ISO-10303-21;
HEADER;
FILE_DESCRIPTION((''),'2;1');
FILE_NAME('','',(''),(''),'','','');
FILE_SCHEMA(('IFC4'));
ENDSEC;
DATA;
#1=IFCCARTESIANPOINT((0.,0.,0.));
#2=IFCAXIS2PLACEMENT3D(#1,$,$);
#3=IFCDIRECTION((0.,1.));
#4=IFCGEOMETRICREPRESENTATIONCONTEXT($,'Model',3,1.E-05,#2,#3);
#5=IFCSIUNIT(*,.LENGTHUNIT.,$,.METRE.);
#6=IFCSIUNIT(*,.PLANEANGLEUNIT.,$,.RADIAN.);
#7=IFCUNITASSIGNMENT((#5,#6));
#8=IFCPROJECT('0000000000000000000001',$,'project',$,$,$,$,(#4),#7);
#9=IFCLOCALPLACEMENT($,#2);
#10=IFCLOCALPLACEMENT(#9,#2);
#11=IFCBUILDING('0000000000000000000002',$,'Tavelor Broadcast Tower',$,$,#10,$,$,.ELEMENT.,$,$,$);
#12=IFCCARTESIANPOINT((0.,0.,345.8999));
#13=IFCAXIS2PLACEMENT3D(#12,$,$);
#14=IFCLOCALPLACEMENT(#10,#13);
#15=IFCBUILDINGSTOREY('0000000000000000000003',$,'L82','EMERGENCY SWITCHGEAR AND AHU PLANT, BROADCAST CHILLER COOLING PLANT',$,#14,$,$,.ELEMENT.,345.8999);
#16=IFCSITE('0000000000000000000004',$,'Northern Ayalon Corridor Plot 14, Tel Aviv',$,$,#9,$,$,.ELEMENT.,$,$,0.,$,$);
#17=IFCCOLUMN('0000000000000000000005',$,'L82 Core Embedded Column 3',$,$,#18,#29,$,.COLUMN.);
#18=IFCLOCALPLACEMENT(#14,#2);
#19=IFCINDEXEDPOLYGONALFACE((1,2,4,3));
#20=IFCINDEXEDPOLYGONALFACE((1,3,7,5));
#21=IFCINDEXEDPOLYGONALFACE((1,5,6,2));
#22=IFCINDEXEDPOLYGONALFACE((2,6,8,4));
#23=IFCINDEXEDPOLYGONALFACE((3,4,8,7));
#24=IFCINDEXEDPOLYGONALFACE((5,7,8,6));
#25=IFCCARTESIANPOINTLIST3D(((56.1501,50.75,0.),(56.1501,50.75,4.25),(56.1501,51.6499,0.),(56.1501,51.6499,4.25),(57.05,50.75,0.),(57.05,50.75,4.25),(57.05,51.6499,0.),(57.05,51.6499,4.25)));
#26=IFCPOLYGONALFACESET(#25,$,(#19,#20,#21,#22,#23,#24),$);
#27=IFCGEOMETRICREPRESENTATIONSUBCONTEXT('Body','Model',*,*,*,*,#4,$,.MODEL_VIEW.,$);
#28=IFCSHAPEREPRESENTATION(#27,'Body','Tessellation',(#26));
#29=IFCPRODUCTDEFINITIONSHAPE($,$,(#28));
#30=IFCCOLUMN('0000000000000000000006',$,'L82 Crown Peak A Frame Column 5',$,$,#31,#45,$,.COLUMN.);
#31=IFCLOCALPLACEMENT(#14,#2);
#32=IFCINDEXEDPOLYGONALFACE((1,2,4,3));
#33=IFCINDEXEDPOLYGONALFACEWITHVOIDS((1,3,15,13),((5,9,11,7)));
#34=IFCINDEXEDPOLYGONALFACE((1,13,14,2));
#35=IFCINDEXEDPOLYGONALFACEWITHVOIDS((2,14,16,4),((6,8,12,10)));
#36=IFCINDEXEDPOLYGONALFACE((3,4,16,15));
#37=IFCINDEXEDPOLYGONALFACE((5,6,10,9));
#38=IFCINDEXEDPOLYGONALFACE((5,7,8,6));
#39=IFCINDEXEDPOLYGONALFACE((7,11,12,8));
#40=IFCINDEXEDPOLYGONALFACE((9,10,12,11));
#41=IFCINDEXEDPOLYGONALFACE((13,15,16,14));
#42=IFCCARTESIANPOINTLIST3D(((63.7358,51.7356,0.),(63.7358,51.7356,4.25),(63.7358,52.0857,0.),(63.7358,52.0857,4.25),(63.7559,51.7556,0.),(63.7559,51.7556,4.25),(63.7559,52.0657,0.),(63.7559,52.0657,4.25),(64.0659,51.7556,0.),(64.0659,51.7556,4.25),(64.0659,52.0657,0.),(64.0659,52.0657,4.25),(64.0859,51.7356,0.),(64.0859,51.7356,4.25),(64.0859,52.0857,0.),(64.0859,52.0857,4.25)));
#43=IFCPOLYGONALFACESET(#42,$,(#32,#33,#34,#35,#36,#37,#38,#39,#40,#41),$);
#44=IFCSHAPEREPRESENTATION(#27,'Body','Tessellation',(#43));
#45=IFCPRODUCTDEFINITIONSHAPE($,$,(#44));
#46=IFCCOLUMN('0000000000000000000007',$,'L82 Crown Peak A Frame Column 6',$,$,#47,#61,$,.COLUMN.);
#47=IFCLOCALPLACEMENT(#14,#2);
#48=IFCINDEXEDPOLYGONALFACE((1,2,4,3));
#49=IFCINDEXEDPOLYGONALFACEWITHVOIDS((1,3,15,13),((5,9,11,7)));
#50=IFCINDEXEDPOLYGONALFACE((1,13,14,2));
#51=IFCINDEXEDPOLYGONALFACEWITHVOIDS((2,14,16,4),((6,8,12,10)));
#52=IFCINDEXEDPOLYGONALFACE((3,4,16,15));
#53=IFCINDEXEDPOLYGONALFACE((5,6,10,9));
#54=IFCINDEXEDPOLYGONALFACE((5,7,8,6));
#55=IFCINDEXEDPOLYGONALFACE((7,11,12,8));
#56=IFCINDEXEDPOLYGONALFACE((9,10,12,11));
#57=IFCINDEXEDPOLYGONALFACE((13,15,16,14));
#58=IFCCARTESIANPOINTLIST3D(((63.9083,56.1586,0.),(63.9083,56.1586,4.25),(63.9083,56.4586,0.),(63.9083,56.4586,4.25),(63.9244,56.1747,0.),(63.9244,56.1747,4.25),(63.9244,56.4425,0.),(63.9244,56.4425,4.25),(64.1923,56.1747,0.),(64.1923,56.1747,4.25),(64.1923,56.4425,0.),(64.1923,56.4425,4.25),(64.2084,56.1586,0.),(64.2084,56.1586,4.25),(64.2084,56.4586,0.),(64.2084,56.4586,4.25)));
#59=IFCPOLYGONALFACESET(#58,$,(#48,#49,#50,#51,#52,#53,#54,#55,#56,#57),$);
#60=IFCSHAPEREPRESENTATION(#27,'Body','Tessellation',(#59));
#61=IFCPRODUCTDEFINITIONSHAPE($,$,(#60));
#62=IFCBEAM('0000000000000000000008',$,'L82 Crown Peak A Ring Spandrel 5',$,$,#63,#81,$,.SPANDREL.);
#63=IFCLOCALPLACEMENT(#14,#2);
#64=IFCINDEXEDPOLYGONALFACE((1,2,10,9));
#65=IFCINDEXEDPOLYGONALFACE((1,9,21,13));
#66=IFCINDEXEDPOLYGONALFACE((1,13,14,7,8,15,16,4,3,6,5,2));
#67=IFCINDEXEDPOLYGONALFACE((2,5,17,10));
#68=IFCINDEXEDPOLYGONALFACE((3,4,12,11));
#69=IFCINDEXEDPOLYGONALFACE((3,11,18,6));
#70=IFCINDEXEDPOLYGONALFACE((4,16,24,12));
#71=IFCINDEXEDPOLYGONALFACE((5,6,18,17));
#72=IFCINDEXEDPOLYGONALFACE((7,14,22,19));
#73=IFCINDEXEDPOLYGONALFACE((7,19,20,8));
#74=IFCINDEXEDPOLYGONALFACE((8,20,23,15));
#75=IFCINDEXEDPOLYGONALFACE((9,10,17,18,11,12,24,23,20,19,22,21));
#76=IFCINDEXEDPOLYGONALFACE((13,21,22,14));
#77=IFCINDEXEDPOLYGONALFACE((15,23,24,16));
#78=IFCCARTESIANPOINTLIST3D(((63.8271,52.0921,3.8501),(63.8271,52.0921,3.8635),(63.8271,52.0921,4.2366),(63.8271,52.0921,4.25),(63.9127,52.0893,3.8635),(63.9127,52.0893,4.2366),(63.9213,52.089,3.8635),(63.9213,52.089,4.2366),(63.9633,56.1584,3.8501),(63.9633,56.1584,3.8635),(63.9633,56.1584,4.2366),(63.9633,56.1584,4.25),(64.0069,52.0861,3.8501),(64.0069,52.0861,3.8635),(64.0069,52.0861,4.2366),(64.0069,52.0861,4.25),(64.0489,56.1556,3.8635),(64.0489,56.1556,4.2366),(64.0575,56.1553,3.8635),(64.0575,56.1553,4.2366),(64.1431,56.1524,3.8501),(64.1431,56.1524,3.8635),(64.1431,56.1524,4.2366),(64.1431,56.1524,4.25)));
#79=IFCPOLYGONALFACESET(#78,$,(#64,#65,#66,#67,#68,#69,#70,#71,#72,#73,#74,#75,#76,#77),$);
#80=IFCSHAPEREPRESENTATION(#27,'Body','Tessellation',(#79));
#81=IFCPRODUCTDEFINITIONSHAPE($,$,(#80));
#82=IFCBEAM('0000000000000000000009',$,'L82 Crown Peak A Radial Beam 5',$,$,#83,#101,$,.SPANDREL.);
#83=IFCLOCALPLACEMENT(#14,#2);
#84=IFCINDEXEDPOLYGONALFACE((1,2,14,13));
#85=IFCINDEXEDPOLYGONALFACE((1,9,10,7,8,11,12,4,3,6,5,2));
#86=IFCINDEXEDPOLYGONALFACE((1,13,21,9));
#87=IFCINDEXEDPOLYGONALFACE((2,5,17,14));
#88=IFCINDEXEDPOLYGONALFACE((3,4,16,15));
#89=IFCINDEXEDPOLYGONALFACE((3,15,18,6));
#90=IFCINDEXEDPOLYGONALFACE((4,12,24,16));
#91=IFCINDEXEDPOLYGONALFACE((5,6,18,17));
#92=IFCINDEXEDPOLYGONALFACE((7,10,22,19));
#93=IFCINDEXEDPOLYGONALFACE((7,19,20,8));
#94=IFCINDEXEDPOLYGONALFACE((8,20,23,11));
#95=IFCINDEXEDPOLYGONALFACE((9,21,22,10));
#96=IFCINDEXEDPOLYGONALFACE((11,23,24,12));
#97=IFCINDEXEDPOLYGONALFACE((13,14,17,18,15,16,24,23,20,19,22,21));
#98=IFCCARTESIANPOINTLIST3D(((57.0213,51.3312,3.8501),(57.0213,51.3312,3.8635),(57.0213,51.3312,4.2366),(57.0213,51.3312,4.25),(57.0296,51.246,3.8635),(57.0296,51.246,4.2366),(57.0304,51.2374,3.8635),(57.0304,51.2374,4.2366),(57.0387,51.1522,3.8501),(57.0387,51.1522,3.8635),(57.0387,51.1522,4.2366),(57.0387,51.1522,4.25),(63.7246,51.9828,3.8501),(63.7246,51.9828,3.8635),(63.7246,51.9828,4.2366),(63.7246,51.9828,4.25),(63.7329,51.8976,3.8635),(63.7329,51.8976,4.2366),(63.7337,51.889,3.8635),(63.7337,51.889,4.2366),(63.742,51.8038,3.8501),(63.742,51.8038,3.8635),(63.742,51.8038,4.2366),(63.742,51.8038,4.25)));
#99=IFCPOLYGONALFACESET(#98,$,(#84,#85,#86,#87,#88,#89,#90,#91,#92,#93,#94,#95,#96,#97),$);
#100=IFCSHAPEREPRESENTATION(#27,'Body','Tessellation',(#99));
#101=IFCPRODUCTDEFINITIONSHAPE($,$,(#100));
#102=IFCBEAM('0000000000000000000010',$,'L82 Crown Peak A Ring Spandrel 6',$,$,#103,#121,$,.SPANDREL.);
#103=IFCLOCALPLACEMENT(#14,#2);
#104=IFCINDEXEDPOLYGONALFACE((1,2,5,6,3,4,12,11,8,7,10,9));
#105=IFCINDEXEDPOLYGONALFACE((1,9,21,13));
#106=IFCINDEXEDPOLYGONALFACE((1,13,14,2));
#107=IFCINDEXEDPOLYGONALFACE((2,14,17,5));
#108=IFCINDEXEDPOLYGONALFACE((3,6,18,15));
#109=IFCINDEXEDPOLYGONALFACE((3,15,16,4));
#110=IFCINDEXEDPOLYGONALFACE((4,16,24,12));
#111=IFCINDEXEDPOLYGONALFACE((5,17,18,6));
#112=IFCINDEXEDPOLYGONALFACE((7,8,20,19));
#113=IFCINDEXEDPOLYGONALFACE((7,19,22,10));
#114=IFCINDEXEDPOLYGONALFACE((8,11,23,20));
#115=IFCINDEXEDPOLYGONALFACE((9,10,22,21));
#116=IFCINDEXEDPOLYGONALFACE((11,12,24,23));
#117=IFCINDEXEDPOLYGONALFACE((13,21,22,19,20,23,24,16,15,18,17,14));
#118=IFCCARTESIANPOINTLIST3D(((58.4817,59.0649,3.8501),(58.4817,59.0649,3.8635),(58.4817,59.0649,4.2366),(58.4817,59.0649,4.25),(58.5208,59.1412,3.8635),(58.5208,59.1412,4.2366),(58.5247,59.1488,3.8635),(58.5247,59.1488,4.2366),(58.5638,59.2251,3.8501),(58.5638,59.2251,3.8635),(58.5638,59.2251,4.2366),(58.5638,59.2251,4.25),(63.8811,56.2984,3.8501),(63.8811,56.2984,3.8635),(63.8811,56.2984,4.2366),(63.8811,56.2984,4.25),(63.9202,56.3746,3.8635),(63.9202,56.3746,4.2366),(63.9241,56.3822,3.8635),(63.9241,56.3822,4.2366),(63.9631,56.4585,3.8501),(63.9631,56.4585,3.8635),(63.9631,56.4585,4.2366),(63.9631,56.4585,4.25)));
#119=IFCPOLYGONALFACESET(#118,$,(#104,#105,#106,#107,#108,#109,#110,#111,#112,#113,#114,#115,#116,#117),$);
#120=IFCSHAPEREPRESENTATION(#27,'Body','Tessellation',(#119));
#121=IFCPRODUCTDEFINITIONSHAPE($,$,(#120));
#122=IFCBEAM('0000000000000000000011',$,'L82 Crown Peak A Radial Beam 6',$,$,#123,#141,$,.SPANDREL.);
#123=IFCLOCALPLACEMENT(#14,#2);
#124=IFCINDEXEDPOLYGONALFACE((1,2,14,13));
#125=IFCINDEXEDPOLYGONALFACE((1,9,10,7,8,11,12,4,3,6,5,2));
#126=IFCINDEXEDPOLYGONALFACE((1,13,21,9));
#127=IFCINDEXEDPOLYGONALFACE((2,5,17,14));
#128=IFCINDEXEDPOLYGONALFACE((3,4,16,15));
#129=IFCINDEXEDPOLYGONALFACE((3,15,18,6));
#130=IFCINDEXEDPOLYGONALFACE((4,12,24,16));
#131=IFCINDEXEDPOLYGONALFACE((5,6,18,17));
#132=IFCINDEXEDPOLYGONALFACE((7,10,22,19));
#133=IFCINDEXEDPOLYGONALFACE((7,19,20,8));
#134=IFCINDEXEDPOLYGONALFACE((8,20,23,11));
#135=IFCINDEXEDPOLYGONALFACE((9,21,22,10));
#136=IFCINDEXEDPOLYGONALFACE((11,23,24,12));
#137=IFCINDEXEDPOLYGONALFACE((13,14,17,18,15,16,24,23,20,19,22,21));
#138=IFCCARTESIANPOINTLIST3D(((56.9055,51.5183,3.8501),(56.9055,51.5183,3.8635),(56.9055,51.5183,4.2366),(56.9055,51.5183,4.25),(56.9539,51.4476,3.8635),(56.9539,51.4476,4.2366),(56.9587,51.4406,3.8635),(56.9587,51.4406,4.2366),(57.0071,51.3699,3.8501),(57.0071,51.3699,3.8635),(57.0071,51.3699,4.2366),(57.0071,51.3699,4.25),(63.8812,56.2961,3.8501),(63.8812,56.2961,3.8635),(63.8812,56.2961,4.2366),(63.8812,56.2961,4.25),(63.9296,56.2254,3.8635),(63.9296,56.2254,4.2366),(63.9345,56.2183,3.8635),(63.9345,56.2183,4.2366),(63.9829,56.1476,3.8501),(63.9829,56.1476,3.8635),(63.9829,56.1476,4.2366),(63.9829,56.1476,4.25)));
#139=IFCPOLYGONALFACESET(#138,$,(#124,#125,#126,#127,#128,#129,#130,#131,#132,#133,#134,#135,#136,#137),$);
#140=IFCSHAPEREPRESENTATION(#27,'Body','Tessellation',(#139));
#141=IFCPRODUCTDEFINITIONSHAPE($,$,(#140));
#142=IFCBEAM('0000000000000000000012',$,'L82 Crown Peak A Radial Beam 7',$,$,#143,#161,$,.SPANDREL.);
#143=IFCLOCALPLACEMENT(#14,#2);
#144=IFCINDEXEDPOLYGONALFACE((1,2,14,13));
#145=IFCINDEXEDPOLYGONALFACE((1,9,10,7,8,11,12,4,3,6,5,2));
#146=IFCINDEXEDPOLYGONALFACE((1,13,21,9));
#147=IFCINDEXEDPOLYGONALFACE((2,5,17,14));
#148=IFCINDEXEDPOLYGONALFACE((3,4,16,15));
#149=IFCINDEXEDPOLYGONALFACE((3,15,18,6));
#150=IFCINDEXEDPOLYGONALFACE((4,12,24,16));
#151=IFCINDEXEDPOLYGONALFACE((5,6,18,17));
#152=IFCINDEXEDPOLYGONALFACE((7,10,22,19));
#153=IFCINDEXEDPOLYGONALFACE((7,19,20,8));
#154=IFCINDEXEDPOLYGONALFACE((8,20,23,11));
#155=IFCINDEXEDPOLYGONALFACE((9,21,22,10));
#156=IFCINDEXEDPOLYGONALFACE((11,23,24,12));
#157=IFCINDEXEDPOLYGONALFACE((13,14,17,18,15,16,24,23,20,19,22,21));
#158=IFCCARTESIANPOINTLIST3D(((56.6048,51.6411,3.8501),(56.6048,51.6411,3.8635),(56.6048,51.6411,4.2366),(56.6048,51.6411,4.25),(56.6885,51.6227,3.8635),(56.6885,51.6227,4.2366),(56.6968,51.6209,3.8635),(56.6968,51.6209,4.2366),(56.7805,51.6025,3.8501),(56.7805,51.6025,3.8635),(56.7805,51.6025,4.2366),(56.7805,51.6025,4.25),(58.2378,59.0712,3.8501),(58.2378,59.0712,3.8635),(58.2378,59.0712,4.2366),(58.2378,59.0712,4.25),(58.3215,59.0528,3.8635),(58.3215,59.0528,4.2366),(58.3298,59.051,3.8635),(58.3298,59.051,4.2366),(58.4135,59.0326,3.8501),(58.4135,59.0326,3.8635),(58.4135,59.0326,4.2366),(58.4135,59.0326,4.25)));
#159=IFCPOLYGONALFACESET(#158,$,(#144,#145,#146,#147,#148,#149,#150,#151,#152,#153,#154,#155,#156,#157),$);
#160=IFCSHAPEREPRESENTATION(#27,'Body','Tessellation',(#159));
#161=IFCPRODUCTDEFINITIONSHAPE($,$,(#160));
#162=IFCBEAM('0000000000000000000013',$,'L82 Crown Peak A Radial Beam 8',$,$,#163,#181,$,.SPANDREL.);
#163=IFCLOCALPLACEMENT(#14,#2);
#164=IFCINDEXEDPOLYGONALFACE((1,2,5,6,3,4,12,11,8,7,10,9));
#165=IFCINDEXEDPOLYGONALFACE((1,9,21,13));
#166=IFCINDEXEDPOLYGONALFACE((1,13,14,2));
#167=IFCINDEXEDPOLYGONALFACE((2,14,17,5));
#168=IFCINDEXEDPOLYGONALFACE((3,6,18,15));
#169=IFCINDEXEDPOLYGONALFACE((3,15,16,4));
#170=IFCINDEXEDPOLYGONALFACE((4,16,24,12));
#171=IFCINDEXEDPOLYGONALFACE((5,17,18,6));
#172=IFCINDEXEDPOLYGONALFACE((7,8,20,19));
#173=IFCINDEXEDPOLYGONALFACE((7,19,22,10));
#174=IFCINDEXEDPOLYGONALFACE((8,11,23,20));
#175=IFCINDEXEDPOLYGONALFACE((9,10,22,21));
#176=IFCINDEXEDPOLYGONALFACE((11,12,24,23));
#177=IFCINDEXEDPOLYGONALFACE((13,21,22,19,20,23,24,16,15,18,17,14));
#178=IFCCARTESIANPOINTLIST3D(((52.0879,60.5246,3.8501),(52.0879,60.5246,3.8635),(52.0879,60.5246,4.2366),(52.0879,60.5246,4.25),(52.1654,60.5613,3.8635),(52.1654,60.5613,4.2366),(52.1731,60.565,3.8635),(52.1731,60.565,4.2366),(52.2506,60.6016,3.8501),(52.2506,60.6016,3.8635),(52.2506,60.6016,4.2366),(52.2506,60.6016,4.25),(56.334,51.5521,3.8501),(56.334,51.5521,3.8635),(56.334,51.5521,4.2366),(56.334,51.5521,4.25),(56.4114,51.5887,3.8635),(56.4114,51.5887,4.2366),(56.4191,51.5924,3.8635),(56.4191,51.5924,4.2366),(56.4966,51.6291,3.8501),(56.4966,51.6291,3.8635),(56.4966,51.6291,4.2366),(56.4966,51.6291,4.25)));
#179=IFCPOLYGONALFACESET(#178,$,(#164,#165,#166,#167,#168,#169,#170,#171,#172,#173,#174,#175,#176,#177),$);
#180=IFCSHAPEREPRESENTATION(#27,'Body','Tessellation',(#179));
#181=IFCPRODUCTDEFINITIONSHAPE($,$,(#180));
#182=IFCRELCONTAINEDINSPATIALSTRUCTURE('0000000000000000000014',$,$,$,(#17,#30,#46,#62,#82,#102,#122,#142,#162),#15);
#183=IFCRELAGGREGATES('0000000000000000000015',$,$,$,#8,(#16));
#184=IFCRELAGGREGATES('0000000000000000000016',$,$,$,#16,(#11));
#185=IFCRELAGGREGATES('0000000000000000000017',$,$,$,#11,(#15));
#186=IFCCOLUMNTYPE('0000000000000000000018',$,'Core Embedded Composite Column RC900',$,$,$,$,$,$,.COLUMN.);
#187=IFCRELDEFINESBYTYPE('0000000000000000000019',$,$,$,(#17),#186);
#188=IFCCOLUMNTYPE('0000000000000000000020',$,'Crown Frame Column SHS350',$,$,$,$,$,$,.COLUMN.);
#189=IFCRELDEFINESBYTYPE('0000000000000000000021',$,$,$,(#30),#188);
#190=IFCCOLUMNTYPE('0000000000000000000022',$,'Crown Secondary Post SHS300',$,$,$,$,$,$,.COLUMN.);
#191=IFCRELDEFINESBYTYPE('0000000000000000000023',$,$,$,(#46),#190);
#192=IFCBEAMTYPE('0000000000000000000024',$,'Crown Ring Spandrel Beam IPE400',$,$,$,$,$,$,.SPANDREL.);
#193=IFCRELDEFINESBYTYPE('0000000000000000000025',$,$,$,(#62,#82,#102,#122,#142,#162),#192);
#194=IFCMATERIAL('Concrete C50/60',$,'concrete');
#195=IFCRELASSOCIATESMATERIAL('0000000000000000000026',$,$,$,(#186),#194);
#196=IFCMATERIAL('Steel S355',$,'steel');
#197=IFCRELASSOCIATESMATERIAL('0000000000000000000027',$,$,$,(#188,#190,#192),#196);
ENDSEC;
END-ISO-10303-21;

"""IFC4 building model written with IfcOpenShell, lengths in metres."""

from ifc_helpers import new_model, si_unit, direction, frame, origin, origin_2d, place, context, subcontext, project, spatial, rectangle, hollow_rectangle, i_section, extrude, material, material_profile, profile_set, type_object, element, save


model = new_model("IFC4")

# Units and contexts
model_context = context("Model", 3, precision=1e-05, world=origin(), true_north=direction((0.0, 1.0)))
body_context = subcontext(model_context, "Body", "Model", "MODEL_VIEW")
ifc_project = project(units=[si_unit("LENGTHUNIT", "METRE"), si_unit("PLANEANGLEUNIT", "RADIAN")], contexts=[model_context])

# Site, building, storey
site_placement = place(None, origin())
site = spatial("IfcSite", under=ifc_project, at=site_placement, Name="Northern Ayalon Corridor Plot 14, Tel Aviv", CompositionType="ELEMENT", RefElevation=0.0)
building_placement = place(site_placement, origin())
building = spatial("IfcBuilding", under=site, at=building_placement, Name="Tavelor Broadcast Tower", CompositionType="ELEMENT")
storey_placement = place(building_placement, frame((0.0, 0.0, 345.8999)))
storey = spatial("IfcBuildingStorey", under=building, at=storey_placement, Name="L82", Description="EMERGENCY SWITCHGEAR AND AHU PLANT, BROADCAST CHILLER COOLING PLANT", CompositionType="ELEMENT", Elevation=345.8999)

# Columns
ifc_material_1 = material(Name="Concrete C50/60", Category="concrete")
ifc_material_profile_1 = material_profile(ifc_material_1, rectangle(XDim=0.8999, YDim=0.8999, at=origin_2d()), Name="RC 900x900")
ifc_profile_set_1 = profile_set([ifc_material_profile_1], Name="Concrete C50/60")
column_type_1 = type_object("IfcColumnType", Name="Core Embedded Composite Column RC900", PredefinedType="COLUMN", material=ifc_profile_set_1)
column_1_placement = place(storey_placement, frame((56.6001, 51.2, 0.0), z_axis=(0.0, 0.0, 1.0), x_axis=(1.0, 0.0, 0.0)))
element("IfcColumn", 1, at=column_1_placement, inside=storey, type_object=column_type_1, Name="L82 Core Embedded Column 3", PredefinedType="COLUMN", context=body_context, shape_type="SweptSolid", body=[
    extrude(rectangle(XDim=0.8999, YDim=0.8999, at=origin_2d()), origin(), (0.0, 0.0, 1.0), 4.25),
])
ifc_material_2 = material(Name="Steel S355", Category="steel")
ifc_material_profile_2 = material_profile(ifc_material_2, hollow_rectangle(XDim=0.3501, YDim=0.3501, WallThickness=0.02, at=origin_2d()), Name="SHS 350x350x20")
ifc_profile_set_2 = profile_set([ifc_material_profile_2], Name="Steel S355")
column_type_2 = type_object("IfcColumnType", Name="Crown Frame Column SHS350", PredefinedType="COLUMN", material=ifc_profile_set_2)
column_2_placement = place(storey_placement, frame((63.9109, 51.9106, 0.0), z_axis=(0.0, 0.0, 1.0), x_axis=(1.0, 0.0, 0.0)))
element("IfcColumn", 2, at=column_2_placement, inside=storey, type_object=column_type_2, Name="L82 Crown Peak A Frame Column 5", PredefinedType="COLUMN", context=body_context, shape_type="SweptSolid", body=[
    extrude(hollow_rectangle(XDim=0.3501, YDim=0.3501, WallThickness=0.02, at=origin_2d()), origin(), (0.0, 0.0, 1.0), 4.25),
])
ifc_material_profile_3 = material_profile(ifc_material_2, hollow_rectangle(XDim=0.3, YDim=0.3, WallThickness=0.0161, at=origin_2d()), Name="SHS 300x300x16")
ifc_profile_set_3 = profile_set([ifc_material_profile_3], Name="Steel S355")
column_type_3 = type_object("IfcColumnType", Name="Crown Secondary Post SHS300", PredefinedType="COLUMN", material=ifc_profile_set_3)
column_3_placement = place(storey_placement, frame((64.0583, 56.3086, 0.0), z_axis=(0.0, 0.0, 1.0), x_axis=(1.0, 0.0, 0.0)))
element("IfcColumn", 3, at=column_3_placement, inside=storey, type_object=column_type_3, Name="L82 Crown Peak A Frame Column 6", PredefinedType="COLUMN", context=body_context, shape_type="SweptSolid", body=[
    extrude(hollow_rectangle(XDim=0.3, YDim=0.3, WallThickness=0.0161, at=origin_2d()), origin(), (0.0, 0.0, 1.0), 4.25),
])

# Beams
ifc_material_profile_4 = material_profile(ifc_material_2, i_section(OverallWidth=0.1799, OverallDepth=0.3999, WebThickness=0.0085, FlangeThickness=0.0134, at=origin_2d()), Name="IPE 400")
ifc_profile_set_4 = profile_set([ifc_material_profile_4], Name="Steel S355")
beam_type = type_object("IfcBeamType", Name="Crown Ring Spandrel Beam IPE400", PredefinedType="SPANDREL", material=ifc_profile_set_4)
beam_1_placement = place(storey_placement, frame((63.917, 52.0891, 4.05), z_axis=(0.033483, 0.999439, 0.0), x_axis=(-0.999439, 0.033483, 0.0)))
element("IfcBeam", 4, at=beam_1_placement, inside=storey, type_object=beam_type, Name="L82 Crown Peak A Ring Spandrel 5", PredefinedType="SPANDREL", context=body_context, shape_type="SweptSolid", body=[
    extrude(i_section(OverallWidth=0.1799, OverallDepth=0.3999, WebThickness=0.0085, FlangeThickness=0.0134, at=origin_2d()), origin(), (0.0, 0.0, 1.0), 4.0686),
])
beam_2_placement = place(storey_placement, frame((57.03, 51.2417, 4.05), z_axis=(0.995309, 0.096751, 0.0), x_axis=(-0.096751, 0.995309, 0.0)))
element("IfcBeam", 5, at=beam_2_placement, inside=storey, type_object=beam_type, Name="L82 Crown Peak A Radial Beam 5", PredefinedType="SPANDREL", context=body_context, shape_type="SweptSolid", body=[
    extrude(i_section(OverallWidth=0.1799, OverallDepth=0.3999, WebThickness=0.0085, FlangeThickness=0.0134, at=origin_2d()), origin(), (0.0, 0.0, 1.0), 6.7349),
])
beam_3_placement = place(storey_placement, frame((63.9221, 56.3784, 4.05), z_axis=(-0.889973, 0.456013, 0.0), x_axis=(-0.456013, -0.889973, 0.0)))
element("IfcBeam", 6, at=beam_3_placement, inside=storey, type_object=beam_type, Name="L82 Crown Peak A Ring Spandrel 6", PredefinedType="SPANDREL", context=body_context, shape_type="SweptSolid", body=[
    extrude(i_section(OverallWidth=0.1799, OverallDepth=0.3999, WebThickness=0.0085, FlangeThickness=0.0134, at=origin_2d()), origin(), (0.0, 0.0, 1.0), 6.0669),
])
beam_4_placement = place(storey_placement, frame((56.9563, 51.4441, 4.05), z_axis=(0.825037, 0.565078, 0.0), x_axis=(-0.565078, 0.825037, 0.0)))
element("IfcBeam", 7, at=beam_4_placement, inside=storey, type_object=beam_type, Name="L82 Crown Peak A Radial Beam 6", PredefinedType="SPANDREL", context=body_context, shape_type="SweptSolid", body=[
    extrude(i_section(OverallWidth=0.1799, OverallDepth=0.3999, WebThickness=0.0085, FlangeThickness=0.0134, at=origin_2d()), origin(), (0.0, 0.0, 1.0), 8.4551),
])
beam_5_placement = place(storey_placement, frame((56.6926, 51.6218, 4.05), z_axis=(0.214663, 0.976688, 0.0), x_axis=(-0.976688, 0.214663, 0.0)))
element("IfcBeam", 8, at=beam_5_placement, inside=storey, type_object=beam_type, Name="L82 Crown Peak A Radial Beam 7", PredefinedType="SPANDREL", context=body_context, shape_type="SweptSolid", body=[
    extrude(i_section(OverallWidth=0.1799, OverallDepth=0.3999, WebThickness=0.0085, FlangeThickness=0.0134, at=origin_2d()), origin(), (0.0, 0.0, 1.0), 7.6074),
])
beam_6_placement = place(storey_placement, frame((56.4153, 51.5906, 4.05), z_axis=(-0.427748, 0.903898, 0.0), x_axis=(-0.903898, -0.427748, 0.0)))
element("IfcBeam", 9, at=beam_6_placement, inside=storey, type_object=beam_type, Name="L82 Crown Peak A Radial Beam 8", PredefinedType="SPANDREL", context=body_context, shape_type="SweptSolid", body=[
    extrude(i_section(OverallWidth=0.1799, OverallDepth=0.3999, WebThickness=0.0085, FlangeThickness=0.0134, at=origin_2d()), origin(), (0.0, 0.0, 1.0), 9.9265),
])

save(model, "model.ifc")
